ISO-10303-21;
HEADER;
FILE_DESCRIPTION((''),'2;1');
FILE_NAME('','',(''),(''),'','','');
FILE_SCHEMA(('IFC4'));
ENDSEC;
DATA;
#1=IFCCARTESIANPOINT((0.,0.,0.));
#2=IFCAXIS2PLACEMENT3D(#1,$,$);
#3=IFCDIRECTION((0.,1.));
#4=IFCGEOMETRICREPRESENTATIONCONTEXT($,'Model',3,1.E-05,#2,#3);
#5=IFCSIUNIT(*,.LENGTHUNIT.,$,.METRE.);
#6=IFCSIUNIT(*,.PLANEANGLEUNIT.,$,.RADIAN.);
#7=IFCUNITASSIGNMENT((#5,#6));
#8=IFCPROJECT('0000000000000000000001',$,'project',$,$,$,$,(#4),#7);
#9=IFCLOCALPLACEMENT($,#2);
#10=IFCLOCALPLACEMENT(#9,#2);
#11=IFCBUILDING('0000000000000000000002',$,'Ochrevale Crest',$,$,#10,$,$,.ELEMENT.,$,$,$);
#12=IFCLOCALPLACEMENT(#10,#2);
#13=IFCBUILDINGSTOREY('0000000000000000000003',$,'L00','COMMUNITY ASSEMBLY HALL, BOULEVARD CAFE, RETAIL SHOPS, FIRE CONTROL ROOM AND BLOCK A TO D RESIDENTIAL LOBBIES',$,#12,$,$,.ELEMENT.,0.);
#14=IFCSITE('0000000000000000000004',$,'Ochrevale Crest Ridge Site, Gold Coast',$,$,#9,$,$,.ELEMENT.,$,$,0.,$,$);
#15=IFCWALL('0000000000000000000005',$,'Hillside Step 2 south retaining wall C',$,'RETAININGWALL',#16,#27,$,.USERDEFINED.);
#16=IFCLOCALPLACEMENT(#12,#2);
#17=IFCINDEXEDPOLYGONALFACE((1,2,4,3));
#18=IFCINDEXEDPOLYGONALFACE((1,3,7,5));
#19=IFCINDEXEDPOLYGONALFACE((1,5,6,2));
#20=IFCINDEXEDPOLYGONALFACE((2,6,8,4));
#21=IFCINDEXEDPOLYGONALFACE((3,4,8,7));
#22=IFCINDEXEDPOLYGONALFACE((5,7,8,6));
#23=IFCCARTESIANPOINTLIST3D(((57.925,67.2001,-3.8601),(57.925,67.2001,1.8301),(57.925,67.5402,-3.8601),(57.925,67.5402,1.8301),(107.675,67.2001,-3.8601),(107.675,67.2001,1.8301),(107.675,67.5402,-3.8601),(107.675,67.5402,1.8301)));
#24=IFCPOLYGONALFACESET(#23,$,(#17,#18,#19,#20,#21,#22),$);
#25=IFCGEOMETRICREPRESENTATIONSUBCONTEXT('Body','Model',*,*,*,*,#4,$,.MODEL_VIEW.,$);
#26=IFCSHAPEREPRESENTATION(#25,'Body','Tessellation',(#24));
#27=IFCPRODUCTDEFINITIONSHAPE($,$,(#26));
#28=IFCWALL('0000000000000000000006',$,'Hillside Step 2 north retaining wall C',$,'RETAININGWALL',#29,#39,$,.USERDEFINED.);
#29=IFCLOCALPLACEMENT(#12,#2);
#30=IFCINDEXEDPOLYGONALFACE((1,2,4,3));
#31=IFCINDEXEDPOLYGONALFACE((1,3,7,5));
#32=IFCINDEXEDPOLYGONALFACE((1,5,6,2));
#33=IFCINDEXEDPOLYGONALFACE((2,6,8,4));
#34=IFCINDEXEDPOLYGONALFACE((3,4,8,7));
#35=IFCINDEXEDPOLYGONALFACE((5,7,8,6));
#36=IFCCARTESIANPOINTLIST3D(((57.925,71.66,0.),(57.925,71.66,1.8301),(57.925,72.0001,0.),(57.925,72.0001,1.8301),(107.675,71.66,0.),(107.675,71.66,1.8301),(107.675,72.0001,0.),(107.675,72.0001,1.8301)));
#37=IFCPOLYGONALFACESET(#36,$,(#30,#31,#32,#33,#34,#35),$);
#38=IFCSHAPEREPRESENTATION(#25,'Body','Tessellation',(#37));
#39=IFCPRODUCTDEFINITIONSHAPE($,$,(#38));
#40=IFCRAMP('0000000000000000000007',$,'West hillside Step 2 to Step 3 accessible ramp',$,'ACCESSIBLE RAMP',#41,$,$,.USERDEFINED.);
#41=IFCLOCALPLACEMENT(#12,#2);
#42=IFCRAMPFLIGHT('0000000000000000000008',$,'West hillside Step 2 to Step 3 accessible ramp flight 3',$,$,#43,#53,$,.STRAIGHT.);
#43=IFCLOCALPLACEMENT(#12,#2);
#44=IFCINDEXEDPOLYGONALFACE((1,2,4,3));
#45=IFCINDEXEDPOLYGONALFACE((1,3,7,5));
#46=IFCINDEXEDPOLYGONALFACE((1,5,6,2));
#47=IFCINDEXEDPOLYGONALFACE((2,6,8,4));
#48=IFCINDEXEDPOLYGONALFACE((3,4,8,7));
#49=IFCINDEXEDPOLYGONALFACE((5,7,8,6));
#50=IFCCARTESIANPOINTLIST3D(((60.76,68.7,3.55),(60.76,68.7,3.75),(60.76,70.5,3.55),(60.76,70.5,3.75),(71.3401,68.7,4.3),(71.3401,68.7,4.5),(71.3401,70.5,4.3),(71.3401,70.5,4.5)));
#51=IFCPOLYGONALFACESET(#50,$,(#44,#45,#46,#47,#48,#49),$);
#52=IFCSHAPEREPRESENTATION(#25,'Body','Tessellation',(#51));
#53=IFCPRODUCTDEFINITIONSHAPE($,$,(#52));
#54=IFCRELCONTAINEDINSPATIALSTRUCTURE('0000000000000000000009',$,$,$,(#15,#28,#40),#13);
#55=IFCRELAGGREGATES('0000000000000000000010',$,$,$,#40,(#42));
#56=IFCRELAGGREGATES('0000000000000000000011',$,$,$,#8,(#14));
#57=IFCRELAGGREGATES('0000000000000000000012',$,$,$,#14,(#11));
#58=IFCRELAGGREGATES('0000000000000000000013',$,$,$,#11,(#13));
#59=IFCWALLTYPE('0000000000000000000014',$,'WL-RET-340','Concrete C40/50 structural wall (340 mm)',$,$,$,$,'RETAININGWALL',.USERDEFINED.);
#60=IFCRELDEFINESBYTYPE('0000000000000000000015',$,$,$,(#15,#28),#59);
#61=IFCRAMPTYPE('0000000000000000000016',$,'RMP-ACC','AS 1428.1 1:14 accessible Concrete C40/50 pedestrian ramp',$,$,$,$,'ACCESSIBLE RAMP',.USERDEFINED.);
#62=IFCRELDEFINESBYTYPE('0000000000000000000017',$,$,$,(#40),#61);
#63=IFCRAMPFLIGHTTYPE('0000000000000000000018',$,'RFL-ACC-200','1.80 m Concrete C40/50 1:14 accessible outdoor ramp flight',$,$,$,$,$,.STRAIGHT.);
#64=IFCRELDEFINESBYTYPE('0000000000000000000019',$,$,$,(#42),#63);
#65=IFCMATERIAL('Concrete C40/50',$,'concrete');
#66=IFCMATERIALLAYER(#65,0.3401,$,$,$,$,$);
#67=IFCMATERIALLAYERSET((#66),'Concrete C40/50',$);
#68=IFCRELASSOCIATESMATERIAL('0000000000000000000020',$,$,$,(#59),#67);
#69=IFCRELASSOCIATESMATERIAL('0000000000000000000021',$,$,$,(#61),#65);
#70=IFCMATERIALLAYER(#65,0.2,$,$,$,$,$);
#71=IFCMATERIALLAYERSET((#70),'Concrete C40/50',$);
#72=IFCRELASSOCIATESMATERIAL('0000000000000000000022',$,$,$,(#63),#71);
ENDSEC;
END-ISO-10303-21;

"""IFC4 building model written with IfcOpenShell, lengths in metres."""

from ifc_helpers import new_model, si_unit, direction, frame, frame_2d, origin, place, context, subcontext, project, spatial, polyline, rectangle, outline, extrude, material, layer, layer_set, type_object, element, aggregate, save


model = new_model("IFC4")

# Units and contexts
model_context = context("Model", 3, precision=1e-05, world=origin(), true_north=direction((0.0, 1.0)))
body_context = subcontext(model_context, "Body", "Model", "MODEL_VIEW")
ifc_project = project(units=[si_unit("LENGTHUNIT", "METRE"), si_unit("PLANEANGLEUNIT", "RADIAN")], contexts=[model_context])

# Site, building, storey
site_placement = place(None, origin())
site = spatial("IfcSite", under=ifc_project, at=site_placement, Name="Ochrevale Crest Ridge Site, Gold Coast", CompositionType="ELEMENT", RefElevation=0.0)
building_placement = place(site_placement, origin())
building = spatial("IfcBuilding", under=site, at=building_placement, Name="Ochrevale Crest", CompositionType="ELEMENT")
storey_placement = place(building_placement, origin())
storey = spatial("IfcBuildingStorey", under=building, at=storey_placement, Name="L00", Description="COMMUNITY ASSEMBLY HALL, BOULEVARD CAFE, RETAIL SHOPS, FIRE CONTROL ROOM AND BLOCK A TO D RESIDENTIAL LOBBIES", CompositionType="ELEMENT", Elevation=0.0)

# Walls
ifc_material_1 = material(Name="Concrete C40/50", Category="concrete")
ifc_layer_1 = layer(ifc_material_1, 0.3401)
ifc_layer_set_1 = layer_set([ifc_layer_1], Name="Concrete C40/50")
wall_type_1 = type_object("IfcWallType", Name="WL-RET-340", Description="Concrete C40/50 structural wall (340 mm)", ElementType="RETAININGWALL", PredefinedType="USERDEFINED", material=ifc_layer_set_1)
wall_1_placement = place(storey_placement, frame((57.925, 67.3701, -3.8601), z_axis=(0.0, 0.0, 1.0), x_axis=(1.0, 0.0, 0.0)))
element("IfcWall", 1, at=wall_1_placement, inside=storey, type_object=wall_type_1, Name="Hillside Step 2 south retaining wall C", ObjectType="RETAININGWALL", PredefinedType="USERDEFINED", context=body_context, shape_type="SweptSolid", body=[
    extrude(rectangle(XDim=49.75, YDim=0.3401, at=frame_2d((24.875, 0.0))), origin(), (0.0, 0.0, 1.0), 5.6902),
])
wall_2_placement = place(storey_placement, frame((57.925, 71.8301, 0.0), z_axis=(0.0, 0.0, 1.0), x_axis=(1.0, 0.0, 0.0)))
element("IfcWall", 2, at=wall_2_placement, inside=storey, type_object=wall_type_1, Name="Hillside Step 2 north retaining wall C", ObjectType="RETAININGWALL", PredefinedType="USERDEFINED", context=body_context, shape_type="SweptSolid", body=[
    extrude(rectangle(XDim=49.75, YDim=0.3401, at=frame_2d((24.875, 0.0))), origin(), (0.0, 0.0, 1.0), 1.8301),
])

# Ramp, ramp flight
ramp_type = type_object("IfcRampType", Name="RMP-ACC", Description="AS 1428.1 1:14 accessible Concrete C40/50 pedestrian ramp", ElementType="ACCESSIBLE RAMP", PredefinedType="USERDEFINED", material=ifc_material_1)
ramp_placement = place(storey_placement, origin())
ramp = element("IfcRamp", 3, at=ramp_placement, inside=storey, type_object=ramp_type, Name="West hillside Step 2 to Step 3 accessible ramp", ObjectType="ACCESSIBLE RAMP", PredefinedType="USERDEFINED")
ifc_layer_2 = layer(ifc_material_1, 0.2)
ifc_layer_set_2 = layer_set([ifc_layer_2], Name="Concrete C40/50")
ramp_flight_type = type_object("IfcRampFlightType", Name="RFL-ACC-200", Description="1.80 m Concrete C40/50 1:14 accessible outdoor ramp flight", PredefinedType="STRAIGHT", material=ifc_layer_set_2)
ramp_flight_placement = place(storey_placement, frame((60.76, 69.6001, 3.75), z_axis=(0.0, 0.0, 1.0), x_axis=(1.0, 0.0, 0.0)))
ramp_flight = element("IfcRampFlight", 4, at=ramp_flight_placement, type_object=ramp_flight_type, Name="West hillside Step 2 to Step 3 accessible ramp flight 3", PredefinedType="STRAIGHT", context=body_context, shape_type="SweptSolid", body=[
    extrude(outline(polyline([(0.0, -0.2), (10.5801, 0.55), (10.5801, 0.75), (0.0, 0.0), (0.0, -0.2)])), frame((0.0, 0.8999, 0.0), z_axis=(0.0, -1.0, 0.0), x_axis=(1.0, 0.0, 0.0)), (0.0, 0.0, 1.0), 1.8),
])
aggregate(ramp, [ramp_flight])

save(model, "model.ifc")
